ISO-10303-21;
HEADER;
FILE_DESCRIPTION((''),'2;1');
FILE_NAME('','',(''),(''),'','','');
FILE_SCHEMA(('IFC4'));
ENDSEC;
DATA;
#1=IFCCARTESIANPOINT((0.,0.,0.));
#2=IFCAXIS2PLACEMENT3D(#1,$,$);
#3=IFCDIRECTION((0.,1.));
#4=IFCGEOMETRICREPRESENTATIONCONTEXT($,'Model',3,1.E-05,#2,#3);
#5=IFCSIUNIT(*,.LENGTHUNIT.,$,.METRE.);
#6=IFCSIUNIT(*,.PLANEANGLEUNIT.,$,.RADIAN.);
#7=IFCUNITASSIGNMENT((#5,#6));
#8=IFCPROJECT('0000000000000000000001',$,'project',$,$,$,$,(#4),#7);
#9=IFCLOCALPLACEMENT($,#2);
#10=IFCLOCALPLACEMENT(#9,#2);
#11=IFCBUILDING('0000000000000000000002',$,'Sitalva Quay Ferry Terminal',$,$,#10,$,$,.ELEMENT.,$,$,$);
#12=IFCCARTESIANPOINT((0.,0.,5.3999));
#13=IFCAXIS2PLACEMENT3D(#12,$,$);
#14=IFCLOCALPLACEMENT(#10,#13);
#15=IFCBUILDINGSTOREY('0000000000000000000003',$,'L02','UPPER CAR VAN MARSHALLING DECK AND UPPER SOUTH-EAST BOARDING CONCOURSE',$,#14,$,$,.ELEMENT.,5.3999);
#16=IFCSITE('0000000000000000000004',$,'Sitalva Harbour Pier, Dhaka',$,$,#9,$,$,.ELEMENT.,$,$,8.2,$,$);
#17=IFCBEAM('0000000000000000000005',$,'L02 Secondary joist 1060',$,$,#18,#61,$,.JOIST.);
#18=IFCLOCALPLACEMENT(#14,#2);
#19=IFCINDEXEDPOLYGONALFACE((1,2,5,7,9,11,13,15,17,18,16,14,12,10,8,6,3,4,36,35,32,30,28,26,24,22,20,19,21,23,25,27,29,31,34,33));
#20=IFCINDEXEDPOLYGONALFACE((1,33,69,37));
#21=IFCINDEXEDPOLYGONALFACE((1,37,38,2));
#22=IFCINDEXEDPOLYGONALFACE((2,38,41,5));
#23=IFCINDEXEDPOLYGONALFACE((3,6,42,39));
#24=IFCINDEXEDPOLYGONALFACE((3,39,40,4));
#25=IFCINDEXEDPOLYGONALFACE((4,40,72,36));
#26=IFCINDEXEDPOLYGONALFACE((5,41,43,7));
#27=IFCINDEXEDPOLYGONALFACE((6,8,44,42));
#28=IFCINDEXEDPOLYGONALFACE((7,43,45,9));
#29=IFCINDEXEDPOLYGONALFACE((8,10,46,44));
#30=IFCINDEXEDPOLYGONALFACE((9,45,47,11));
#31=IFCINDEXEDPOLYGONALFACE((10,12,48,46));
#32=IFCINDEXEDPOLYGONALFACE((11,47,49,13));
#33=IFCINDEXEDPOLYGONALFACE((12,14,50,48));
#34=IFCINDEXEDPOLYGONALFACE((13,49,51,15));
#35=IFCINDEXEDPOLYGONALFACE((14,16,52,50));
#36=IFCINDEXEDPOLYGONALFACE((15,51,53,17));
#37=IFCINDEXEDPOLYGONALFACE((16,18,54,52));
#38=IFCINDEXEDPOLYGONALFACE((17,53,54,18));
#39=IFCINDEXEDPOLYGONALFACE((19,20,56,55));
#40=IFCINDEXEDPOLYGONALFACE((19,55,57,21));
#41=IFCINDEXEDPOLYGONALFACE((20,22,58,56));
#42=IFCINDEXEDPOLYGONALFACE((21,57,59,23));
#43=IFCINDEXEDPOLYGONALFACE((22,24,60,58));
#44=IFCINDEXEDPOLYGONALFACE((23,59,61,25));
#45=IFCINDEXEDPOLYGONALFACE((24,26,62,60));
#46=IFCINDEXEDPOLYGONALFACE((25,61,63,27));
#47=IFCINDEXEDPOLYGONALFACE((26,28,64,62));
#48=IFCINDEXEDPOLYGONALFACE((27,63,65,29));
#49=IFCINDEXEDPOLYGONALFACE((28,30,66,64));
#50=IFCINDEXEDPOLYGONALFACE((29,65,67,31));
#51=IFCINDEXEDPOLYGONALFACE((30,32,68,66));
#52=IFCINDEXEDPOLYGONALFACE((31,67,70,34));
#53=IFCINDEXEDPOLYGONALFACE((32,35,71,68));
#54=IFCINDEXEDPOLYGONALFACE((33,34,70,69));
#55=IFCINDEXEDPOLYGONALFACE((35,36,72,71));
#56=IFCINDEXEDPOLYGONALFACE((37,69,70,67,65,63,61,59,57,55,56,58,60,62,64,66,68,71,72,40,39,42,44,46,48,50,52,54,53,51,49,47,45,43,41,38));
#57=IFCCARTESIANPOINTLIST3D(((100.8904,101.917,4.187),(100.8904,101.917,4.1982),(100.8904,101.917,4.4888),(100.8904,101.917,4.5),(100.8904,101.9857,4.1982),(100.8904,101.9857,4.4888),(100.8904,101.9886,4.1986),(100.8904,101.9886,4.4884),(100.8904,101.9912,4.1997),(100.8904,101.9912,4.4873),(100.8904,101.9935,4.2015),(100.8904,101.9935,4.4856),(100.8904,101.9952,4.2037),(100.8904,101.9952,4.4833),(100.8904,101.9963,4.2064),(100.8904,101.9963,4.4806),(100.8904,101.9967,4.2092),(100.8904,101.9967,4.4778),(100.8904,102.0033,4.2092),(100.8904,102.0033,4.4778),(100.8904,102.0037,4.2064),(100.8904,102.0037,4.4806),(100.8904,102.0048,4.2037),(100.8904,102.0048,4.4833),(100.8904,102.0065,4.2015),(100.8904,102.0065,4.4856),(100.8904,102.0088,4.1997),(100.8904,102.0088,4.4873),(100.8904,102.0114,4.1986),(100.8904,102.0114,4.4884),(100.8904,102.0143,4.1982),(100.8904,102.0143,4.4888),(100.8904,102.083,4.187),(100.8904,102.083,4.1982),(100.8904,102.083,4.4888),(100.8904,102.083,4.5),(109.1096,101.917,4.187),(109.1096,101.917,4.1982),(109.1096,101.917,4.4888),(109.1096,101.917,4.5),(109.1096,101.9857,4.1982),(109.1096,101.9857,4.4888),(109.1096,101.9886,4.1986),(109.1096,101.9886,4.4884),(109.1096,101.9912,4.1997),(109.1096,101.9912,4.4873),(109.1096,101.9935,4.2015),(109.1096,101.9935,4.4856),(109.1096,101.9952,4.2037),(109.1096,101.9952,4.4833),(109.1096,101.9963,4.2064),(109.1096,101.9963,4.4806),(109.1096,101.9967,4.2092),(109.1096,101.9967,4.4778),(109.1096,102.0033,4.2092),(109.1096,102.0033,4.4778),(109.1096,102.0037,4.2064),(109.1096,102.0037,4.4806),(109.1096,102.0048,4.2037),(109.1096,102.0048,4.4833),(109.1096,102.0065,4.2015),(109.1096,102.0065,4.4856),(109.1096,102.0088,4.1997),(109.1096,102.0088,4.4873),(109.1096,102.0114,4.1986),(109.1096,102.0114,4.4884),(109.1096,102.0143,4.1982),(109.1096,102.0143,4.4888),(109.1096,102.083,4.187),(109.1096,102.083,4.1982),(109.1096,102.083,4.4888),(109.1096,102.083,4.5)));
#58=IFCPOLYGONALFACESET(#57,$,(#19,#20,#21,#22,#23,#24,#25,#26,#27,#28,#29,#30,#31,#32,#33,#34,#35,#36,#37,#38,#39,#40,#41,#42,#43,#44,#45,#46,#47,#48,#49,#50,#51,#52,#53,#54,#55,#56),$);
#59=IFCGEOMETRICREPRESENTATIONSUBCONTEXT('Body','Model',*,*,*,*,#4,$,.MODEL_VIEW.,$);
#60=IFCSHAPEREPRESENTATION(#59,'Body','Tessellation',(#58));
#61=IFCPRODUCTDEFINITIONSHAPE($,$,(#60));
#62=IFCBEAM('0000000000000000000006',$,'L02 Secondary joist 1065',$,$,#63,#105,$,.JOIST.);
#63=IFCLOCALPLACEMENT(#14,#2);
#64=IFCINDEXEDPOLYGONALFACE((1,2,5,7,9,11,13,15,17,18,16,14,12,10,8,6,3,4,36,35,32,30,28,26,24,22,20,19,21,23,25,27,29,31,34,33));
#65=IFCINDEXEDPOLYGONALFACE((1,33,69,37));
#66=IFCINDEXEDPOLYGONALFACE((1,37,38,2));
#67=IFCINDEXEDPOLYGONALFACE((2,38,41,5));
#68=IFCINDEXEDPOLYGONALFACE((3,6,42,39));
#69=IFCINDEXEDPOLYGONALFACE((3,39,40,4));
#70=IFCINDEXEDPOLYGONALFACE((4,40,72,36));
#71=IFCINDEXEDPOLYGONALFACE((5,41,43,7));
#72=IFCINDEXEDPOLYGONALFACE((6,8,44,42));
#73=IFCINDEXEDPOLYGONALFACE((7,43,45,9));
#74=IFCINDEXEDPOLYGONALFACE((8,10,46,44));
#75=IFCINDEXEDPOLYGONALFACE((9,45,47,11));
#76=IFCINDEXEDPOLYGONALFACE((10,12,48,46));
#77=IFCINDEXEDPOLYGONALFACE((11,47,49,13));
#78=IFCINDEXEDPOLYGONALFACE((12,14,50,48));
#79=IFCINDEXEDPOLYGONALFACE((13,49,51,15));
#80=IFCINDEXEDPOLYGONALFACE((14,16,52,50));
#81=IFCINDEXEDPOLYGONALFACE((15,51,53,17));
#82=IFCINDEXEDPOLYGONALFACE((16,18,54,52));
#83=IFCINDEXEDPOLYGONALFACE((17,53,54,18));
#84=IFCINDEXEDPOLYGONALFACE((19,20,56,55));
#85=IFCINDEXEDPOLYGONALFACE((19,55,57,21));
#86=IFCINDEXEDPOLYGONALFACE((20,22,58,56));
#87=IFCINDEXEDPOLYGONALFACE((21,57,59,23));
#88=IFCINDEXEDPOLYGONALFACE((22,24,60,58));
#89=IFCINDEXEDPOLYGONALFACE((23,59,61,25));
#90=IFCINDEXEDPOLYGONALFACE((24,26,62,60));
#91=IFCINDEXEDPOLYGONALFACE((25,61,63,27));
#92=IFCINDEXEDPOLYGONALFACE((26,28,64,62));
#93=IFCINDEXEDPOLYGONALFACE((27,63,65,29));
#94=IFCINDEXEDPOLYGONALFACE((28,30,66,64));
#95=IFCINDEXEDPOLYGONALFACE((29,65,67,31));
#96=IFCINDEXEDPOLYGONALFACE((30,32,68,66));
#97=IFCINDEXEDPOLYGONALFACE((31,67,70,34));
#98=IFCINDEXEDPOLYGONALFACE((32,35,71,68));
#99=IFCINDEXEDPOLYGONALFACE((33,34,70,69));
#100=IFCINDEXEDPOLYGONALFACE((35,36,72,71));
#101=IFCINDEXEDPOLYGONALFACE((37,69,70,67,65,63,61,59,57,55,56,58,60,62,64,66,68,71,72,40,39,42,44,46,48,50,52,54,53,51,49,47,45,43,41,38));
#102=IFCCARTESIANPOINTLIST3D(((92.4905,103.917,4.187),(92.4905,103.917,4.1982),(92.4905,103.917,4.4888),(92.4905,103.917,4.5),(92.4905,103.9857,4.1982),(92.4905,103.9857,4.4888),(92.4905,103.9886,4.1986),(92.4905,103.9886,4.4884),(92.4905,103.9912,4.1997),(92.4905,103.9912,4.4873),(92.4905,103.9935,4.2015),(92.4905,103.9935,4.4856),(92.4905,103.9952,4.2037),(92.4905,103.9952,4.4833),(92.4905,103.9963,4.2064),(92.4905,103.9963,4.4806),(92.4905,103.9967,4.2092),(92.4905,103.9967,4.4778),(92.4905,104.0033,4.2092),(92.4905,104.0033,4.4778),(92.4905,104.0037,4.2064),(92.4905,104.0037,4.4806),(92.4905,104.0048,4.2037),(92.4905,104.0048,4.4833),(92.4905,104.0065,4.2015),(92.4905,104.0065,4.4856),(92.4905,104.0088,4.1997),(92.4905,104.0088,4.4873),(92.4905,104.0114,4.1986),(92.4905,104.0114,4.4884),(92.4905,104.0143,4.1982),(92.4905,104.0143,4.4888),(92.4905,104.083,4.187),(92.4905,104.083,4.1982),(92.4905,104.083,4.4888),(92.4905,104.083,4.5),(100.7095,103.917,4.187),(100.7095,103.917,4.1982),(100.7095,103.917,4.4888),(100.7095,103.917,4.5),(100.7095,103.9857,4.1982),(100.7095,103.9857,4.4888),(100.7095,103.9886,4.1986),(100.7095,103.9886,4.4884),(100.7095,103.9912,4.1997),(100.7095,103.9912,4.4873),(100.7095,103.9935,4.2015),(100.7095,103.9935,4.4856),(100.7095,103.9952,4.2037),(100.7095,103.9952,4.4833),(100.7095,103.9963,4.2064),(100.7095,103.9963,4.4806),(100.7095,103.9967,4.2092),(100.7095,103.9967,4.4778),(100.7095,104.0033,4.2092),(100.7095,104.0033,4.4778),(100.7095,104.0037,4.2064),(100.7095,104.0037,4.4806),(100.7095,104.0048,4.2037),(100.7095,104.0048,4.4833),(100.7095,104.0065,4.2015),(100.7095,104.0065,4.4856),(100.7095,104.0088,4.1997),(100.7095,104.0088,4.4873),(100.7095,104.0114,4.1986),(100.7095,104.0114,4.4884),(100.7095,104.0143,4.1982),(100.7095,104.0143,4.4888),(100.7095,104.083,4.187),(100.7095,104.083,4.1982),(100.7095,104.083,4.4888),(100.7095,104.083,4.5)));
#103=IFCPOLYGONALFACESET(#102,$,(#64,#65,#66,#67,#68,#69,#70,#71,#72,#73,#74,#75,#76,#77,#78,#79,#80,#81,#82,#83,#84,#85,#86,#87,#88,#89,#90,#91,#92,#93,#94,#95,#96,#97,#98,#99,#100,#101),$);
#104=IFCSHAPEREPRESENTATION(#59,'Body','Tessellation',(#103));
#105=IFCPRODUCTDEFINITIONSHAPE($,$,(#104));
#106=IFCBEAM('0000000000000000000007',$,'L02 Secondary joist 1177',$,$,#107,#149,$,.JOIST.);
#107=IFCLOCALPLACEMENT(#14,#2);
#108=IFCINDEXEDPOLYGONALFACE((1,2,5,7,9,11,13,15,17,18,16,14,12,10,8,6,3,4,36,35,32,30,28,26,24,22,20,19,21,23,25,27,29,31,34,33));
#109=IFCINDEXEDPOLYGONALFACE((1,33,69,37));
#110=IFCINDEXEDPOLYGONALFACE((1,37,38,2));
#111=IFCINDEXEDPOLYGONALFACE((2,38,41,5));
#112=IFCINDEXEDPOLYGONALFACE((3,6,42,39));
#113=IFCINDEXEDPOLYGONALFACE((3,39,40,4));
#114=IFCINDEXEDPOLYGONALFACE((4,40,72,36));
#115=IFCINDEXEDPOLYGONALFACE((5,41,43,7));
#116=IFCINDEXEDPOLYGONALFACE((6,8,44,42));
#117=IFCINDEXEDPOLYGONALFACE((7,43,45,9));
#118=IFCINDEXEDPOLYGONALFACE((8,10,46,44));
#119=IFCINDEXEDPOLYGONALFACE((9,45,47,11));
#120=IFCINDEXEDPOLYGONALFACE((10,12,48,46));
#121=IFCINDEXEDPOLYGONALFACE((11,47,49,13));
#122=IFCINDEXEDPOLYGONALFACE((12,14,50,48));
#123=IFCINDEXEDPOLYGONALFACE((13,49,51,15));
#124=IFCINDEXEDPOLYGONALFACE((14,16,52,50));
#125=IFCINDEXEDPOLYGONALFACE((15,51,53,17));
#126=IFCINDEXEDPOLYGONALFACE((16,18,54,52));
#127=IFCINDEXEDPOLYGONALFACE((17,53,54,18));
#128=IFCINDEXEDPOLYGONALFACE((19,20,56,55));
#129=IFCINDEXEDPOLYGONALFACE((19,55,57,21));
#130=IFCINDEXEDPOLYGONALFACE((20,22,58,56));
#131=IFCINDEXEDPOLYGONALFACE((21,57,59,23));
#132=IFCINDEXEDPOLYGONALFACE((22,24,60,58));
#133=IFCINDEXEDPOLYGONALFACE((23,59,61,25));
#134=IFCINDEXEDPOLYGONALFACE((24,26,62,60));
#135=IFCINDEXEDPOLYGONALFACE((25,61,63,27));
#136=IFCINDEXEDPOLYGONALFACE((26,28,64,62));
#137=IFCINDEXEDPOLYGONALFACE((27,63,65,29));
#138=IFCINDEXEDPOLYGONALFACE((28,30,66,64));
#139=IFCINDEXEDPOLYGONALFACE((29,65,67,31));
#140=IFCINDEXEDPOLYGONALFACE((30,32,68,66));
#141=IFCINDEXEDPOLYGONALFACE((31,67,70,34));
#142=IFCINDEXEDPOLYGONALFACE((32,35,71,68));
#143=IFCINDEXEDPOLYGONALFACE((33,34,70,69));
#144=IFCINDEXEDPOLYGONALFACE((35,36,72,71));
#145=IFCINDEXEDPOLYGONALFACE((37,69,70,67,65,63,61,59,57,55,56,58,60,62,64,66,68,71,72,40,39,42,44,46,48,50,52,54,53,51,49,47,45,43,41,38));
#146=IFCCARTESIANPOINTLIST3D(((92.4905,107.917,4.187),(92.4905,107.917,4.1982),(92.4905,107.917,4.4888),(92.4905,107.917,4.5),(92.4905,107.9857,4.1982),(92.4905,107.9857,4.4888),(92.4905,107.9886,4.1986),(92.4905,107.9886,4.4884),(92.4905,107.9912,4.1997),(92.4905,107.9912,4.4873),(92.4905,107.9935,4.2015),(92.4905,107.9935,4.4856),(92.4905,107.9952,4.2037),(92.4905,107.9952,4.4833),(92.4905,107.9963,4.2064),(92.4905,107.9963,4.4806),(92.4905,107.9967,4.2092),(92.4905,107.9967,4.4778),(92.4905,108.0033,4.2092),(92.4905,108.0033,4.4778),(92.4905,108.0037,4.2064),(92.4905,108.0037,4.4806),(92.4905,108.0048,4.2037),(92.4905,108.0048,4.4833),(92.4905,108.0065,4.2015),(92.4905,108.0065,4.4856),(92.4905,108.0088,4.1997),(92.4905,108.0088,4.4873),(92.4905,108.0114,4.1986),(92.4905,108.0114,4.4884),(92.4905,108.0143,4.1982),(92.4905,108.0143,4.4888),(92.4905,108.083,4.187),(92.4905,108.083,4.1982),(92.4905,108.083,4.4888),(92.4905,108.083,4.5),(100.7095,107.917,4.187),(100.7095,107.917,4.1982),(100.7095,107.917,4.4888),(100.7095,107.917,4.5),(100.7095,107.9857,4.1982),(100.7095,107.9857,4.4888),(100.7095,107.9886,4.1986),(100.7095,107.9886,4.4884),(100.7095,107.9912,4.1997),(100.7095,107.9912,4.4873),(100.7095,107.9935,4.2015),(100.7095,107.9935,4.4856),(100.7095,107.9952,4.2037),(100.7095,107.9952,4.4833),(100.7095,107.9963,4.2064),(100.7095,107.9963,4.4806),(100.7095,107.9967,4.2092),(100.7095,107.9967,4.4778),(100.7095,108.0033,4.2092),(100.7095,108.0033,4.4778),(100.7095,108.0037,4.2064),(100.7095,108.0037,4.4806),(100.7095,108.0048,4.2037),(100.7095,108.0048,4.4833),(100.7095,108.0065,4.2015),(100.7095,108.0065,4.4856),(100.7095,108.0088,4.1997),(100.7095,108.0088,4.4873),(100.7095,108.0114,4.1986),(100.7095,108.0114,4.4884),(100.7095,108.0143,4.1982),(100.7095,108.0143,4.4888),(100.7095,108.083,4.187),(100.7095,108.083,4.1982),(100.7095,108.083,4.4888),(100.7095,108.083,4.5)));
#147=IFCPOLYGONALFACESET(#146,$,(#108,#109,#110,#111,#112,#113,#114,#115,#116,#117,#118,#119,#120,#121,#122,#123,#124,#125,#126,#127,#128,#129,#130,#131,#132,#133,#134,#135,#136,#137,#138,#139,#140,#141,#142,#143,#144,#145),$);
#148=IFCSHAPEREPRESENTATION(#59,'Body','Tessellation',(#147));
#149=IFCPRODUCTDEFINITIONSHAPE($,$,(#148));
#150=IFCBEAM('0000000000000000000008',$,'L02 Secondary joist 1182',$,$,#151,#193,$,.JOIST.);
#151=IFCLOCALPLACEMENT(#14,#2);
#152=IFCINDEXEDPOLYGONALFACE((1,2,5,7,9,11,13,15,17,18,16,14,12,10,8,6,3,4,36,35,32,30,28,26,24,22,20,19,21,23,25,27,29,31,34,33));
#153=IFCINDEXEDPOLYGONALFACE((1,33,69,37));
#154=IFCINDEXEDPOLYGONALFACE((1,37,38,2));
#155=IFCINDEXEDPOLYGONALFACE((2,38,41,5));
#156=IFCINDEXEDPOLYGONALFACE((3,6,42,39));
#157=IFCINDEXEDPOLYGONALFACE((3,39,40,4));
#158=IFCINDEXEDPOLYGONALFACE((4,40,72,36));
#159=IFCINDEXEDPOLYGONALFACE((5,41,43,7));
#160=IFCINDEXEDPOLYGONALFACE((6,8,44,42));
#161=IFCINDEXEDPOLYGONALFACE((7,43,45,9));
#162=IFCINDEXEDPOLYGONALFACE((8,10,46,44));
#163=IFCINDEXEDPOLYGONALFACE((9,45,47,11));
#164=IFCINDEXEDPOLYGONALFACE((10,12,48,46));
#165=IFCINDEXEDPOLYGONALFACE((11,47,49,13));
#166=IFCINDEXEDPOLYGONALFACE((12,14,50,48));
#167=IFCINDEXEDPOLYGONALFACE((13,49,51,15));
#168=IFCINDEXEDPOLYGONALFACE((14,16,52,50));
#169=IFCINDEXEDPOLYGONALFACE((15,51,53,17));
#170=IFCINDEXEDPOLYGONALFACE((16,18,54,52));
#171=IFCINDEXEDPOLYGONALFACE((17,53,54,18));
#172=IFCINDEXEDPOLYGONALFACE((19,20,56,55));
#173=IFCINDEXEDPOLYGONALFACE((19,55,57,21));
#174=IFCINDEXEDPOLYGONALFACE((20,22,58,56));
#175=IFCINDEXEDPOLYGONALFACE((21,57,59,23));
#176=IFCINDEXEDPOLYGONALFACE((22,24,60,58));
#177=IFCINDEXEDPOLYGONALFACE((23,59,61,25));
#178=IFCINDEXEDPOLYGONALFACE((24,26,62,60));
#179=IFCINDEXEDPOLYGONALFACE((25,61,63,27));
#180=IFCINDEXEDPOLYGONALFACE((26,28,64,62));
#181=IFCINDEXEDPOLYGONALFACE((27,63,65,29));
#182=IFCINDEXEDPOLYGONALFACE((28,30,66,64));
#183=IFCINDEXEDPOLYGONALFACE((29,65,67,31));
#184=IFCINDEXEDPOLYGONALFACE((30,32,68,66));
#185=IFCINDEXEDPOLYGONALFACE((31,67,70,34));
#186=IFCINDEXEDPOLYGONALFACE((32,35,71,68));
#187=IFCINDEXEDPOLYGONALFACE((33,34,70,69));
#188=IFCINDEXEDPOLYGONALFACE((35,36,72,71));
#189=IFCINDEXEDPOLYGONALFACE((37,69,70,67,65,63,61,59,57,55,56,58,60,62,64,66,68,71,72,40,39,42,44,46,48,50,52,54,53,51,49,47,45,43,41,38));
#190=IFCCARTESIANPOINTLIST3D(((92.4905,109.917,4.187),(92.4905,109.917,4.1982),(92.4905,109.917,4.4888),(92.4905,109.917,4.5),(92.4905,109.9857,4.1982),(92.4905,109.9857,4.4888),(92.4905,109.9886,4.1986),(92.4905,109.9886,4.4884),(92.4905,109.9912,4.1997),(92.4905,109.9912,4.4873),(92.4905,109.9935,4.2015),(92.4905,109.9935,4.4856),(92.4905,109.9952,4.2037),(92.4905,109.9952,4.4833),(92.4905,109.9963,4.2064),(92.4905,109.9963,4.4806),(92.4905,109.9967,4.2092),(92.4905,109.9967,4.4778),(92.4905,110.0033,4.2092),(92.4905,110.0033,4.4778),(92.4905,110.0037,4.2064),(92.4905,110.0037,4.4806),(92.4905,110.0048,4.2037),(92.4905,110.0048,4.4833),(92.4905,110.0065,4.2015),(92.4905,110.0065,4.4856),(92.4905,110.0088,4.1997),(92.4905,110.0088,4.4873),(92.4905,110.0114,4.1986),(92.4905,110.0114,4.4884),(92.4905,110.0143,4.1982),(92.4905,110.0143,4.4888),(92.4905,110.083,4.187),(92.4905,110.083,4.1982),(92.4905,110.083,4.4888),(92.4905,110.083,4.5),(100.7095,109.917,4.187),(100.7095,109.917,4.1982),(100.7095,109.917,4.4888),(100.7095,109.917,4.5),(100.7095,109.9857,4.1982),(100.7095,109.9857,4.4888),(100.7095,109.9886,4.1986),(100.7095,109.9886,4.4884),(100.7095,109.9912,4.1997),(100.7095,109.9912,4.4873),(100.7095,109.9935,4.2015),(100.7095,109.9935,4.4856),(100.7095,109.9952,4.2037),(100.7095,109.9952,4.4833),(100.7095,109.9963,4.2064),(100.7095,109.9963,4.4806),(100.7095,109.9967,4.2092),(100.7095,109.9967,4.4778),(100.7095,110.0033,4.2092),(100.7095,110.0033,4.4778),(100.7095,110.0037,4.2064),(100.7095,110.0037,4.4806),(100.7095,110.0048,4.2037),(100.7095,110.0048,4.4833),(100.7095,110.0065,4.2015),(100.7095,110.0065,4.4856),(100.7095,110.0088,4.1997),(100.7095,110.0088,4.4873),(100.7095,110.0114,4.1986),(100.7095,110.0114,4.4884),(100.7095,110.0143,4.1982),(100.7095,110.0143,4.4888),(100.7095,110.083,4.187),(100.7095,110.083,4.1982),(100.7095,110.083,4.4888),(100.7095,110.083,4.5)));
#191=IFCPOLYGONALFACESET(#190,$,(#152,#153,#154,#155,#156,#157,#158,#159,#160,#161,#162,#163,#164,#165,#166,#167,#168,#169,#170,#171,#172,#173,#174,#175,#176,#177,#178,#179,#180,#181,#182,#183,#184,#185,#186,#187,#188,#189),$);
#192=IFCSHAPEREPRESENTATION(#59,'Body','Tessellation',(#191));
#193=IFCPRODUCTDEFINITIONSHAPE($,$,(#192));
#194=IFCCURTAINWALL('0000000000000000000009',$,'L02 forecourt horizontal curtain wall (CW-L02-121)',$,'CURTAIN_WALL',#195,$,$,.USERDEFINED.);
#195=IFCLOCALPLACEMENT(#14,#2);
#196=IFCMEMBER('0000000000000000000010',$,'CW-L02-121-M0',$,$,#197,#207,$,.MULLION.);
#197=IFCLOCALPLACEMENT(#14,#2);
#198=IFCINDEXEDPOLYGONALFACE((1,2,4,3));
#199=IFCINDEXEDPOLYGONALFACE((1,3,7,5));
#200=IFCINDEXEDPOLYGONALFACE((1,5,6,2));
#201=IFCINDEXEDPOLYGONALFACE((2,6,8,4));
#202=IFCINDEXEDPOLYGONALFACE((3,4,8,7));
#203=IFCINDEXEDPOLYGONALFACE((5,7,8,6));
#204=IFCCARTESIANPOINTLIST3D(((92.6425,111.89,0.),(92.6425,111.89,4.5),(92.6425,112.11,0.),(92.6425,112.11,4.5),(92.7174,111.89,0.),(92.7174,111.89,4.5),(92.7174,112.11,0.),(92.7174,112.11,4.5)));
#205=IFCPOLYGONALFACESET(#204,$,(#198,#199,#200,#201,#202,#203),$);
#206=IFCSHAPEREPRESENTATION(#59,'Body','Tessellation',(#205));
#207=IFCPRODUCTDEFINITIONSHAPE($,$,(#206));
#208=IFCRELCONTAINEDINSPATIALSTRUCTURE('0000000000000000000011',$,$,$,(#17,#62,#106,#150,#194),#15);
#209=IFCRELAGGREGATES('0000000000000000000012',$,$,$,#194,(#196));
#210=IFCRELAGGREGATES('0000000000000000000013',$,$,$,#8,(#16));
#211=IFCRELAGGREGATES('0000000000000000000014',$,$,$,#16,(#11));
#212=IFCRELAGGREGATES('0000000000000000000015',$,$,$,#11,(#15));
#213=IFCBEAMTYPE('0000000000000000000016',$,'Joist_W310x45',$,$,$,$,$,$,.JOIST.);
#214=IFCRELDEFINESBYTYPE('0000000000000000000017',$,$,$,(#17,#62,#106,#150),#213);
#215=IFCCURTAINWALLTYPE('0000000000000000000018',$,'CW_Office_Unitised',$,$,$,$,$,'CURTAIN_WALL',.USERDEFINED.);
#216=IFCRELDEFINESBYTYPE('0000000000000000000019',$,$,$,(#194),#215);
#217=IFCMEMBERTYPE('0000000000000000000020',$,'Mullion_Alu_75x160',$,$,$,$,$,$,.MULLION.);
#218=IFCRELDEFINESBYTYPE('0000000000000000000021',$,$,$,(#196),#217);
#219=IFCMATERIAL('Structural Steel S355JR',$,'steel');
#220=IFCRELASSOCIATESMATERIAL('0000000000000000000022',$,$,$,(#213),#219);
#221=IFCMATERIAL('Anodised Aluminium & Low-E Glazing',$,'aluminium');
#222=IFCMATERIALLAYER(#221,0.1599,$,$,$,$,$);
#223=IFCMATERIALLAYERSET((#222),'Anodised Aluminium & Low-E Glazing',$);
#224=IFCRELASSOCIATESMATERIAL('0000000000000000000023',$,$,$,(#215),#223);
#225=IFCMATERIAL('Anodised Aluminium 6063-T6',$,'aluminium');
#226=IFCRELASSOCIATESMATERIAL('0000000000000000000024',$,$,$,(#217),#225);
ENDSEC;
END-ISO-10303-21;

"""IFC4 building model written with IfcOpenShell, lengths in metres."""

from ifc_helpers import new_model, si_unit, direction, frame, origin, origin_2d, place, context, subcontext, project, spatial, rectangle, i_section, extrude, material, layer, layer_set, material_profile, profile_set, type_object, element, aggregate, save


model = new_model("IFC4")

# Units and contexts
model_context = context("Model", 3, precision=1e-05, world=origin(), true_north=direction((0.0, 1.0)))
body_context = subcontext(model_context, "Body", "Model", "MODEL_VIEW")
ifc_project = project(units=[si_unit("LENGTHUNIT", "METRE"), si_unit("PLANEANGLEUNIT", "RADIAN")], contexts=[model_context])

# Site, building, storey
site_placement = place(None, origin())
site = spatial("IfcSite", under=ifc_project, at=site_placement, Name="Sitalva Harbour Pier, Dhaka", CompositionType="ELEMENT", RefElevation=8.2)
building_placement = place(site_placement, origin())
building = spatial("IfcBuilding", under=site, at=building_placement, Name="Sitalva Quay Ferry Terminal", CompositionType="ELEMENT")
storey_placement = place(building_placement, frame((0.0, 0.0, 5.3999)))
storey = spatial("IfcBuildingStorey", under=building, at=storey_placement, Name="L02", Description="UPPER CAR VAN MARSHALLING DECK AND UPPER SOUTH-EAST BOARDING CONCOURSE", CompositionType="ELEMENT", Elevation=5.3999)

# Beams
ifc_material_1 = material(Name="Structural Steel S355JR", Category="steel")
ifc_material_profile_1 = material_profile(ifc_material_1, i_section(OverallWidth=0.166, OverallDepth=0.313, WebThickness=0.0066, FlangeThickness=0.0112, FilletRadius=0.011, at=origin_2d()), Name="W310x45")
ifc_profile_set_1 = profile_set([ifc_material_profile_1], Name="Structural Steel S355JR")
beam_type_1 = type_object("IfcBeamType", Name="Joist_W310x45", PredefinedType="JOIST", material=ifc_profile_set_1)
beam_1_placement = place(storey_placement, frame((100.8904, 102.0, 4.3435), z_axis=(1.0, 0.0, 0.0), x_axis=(0.0, 1.0, 0.0)))
element("IfcBeam", 1, at=beam_1_placement, inside=storey, type_object=beam_type_1, Name="L02 Secondary joist 1060", PredefinedType="JOIST", context=body_context, shape_type="SweptSolid", body=[
    extrude(i_section(OverallWidth=0.166, OverallDepth=0.313, WebThickness=0.0066, FlangeThickness=0.0112, FilletRadius=0.011, at=origin_2d()), origin(), (0.0, 0.0, 1.0), 8.2192),
])
for number, where, z_axis, x_axis, name in (
    (2, (92.4905, 104.0, 4.3435), (1.0, 0.0, 0.0), (0.0, 1.0, 0.0), "L02 Secondary joist 1065"),
    (3, (92.4905, 108.0, 4.3435), (1.0, 0.0, 0.0), (0.0, 1.0, 0.0), "L02 Secondary joist 1177"),
    (4, (92.4905, 110.0, 4.3435), (1.0, 0.0, 0.0), (0.0, 1.0, 0.0), "L02 Secondary joist 1182"),
):
    element("IfcBeam", number, at=place(storey_placement, frame(where, z_axis=z_axis, x_axis=x_axis)), inside=storey, type_object=beam_type_1, Name=name, PredefinedType="JOIST", context=body_context, shape_type="SweptSolid", body=[
        extrude(i_section(OverallWidth=0.166, OverallDepth=0.313, WebThickness=0.0066, FlangeThickness=0.0112, FilletRadius=0.011, at=origin_2d()), origin(), (0.0, 0.0, 1.0), 8.219),
    ])

# Curtain wall, member
ifc_material_2 = material(Name="Anodised Aluminium & Low-E Glazing", Category="aluminium")
ifc_layer_1 = layer(ifc_material_2, 0.1599)
ifc_layer_set_1 = layer_set([ifc_layer_1], Name="Anodised Aluminium & Low-E Glazing")
curtain_wall_type = type_object("IfcCurtainWallType", Name="CW_Office_Unitised", ElementType="CURTAIN_WALL", PredefinedType="USERDEFINED", material=ifc_layer_set_1)
curtain_wall_placement = place(storey_placement, origin())
curtain_wall = element("IfcCurtainWall", 5, at=curtain_wall_placement, inside=storey, type_object=curtain_wall_type, Name="L02 forecourt horizontal curtain wall (CW-L02-121)", ObjectType="CURTAIN_WALL", PredefinedType="USERDEFINED")
ifc_material_3 = material(Name="Anodised Aluminium 6063-T6", Category="aluminium")
ifc_material_profile_2 = material_profile(ifc_material_3, rectangle(XDim=0.075, YDim=0.22, at=origin_2d()), Name="ALU75x220")
ifc_profile_set_2 = profile_set([ifc_material_profile_2], Name="Anodised Aluminium 6063-T6")
member_type_1 = type_object("IfcMemberType", Name="Mullion_Alu_75x160", PredefinedType="MULLION", material=ifc_profile_set_2)
member_1_placement = place(storey_placement, frame((92.6799, 112.0, 0.0), z_axis=(0.0, 0.0, 1.0), x_axis=(1.0, 0.0, 0.0)))
member_1 = element("IfcMember", 6, at=member_1_placement, type_object=member_type_1, Name="CW-L02-121-M0", PredefinedType="MULLION", context=body_context, shape_type="SweptSolid", body=[
    extrude(rectangle(XDim=0.075, YDim=0.22, at=origin_2d()), origin(), (0.0, 0.0, 1.0), 4.5),
])
aggregate(curtain_wall, [member_1])

save(model, "model.ifc")
